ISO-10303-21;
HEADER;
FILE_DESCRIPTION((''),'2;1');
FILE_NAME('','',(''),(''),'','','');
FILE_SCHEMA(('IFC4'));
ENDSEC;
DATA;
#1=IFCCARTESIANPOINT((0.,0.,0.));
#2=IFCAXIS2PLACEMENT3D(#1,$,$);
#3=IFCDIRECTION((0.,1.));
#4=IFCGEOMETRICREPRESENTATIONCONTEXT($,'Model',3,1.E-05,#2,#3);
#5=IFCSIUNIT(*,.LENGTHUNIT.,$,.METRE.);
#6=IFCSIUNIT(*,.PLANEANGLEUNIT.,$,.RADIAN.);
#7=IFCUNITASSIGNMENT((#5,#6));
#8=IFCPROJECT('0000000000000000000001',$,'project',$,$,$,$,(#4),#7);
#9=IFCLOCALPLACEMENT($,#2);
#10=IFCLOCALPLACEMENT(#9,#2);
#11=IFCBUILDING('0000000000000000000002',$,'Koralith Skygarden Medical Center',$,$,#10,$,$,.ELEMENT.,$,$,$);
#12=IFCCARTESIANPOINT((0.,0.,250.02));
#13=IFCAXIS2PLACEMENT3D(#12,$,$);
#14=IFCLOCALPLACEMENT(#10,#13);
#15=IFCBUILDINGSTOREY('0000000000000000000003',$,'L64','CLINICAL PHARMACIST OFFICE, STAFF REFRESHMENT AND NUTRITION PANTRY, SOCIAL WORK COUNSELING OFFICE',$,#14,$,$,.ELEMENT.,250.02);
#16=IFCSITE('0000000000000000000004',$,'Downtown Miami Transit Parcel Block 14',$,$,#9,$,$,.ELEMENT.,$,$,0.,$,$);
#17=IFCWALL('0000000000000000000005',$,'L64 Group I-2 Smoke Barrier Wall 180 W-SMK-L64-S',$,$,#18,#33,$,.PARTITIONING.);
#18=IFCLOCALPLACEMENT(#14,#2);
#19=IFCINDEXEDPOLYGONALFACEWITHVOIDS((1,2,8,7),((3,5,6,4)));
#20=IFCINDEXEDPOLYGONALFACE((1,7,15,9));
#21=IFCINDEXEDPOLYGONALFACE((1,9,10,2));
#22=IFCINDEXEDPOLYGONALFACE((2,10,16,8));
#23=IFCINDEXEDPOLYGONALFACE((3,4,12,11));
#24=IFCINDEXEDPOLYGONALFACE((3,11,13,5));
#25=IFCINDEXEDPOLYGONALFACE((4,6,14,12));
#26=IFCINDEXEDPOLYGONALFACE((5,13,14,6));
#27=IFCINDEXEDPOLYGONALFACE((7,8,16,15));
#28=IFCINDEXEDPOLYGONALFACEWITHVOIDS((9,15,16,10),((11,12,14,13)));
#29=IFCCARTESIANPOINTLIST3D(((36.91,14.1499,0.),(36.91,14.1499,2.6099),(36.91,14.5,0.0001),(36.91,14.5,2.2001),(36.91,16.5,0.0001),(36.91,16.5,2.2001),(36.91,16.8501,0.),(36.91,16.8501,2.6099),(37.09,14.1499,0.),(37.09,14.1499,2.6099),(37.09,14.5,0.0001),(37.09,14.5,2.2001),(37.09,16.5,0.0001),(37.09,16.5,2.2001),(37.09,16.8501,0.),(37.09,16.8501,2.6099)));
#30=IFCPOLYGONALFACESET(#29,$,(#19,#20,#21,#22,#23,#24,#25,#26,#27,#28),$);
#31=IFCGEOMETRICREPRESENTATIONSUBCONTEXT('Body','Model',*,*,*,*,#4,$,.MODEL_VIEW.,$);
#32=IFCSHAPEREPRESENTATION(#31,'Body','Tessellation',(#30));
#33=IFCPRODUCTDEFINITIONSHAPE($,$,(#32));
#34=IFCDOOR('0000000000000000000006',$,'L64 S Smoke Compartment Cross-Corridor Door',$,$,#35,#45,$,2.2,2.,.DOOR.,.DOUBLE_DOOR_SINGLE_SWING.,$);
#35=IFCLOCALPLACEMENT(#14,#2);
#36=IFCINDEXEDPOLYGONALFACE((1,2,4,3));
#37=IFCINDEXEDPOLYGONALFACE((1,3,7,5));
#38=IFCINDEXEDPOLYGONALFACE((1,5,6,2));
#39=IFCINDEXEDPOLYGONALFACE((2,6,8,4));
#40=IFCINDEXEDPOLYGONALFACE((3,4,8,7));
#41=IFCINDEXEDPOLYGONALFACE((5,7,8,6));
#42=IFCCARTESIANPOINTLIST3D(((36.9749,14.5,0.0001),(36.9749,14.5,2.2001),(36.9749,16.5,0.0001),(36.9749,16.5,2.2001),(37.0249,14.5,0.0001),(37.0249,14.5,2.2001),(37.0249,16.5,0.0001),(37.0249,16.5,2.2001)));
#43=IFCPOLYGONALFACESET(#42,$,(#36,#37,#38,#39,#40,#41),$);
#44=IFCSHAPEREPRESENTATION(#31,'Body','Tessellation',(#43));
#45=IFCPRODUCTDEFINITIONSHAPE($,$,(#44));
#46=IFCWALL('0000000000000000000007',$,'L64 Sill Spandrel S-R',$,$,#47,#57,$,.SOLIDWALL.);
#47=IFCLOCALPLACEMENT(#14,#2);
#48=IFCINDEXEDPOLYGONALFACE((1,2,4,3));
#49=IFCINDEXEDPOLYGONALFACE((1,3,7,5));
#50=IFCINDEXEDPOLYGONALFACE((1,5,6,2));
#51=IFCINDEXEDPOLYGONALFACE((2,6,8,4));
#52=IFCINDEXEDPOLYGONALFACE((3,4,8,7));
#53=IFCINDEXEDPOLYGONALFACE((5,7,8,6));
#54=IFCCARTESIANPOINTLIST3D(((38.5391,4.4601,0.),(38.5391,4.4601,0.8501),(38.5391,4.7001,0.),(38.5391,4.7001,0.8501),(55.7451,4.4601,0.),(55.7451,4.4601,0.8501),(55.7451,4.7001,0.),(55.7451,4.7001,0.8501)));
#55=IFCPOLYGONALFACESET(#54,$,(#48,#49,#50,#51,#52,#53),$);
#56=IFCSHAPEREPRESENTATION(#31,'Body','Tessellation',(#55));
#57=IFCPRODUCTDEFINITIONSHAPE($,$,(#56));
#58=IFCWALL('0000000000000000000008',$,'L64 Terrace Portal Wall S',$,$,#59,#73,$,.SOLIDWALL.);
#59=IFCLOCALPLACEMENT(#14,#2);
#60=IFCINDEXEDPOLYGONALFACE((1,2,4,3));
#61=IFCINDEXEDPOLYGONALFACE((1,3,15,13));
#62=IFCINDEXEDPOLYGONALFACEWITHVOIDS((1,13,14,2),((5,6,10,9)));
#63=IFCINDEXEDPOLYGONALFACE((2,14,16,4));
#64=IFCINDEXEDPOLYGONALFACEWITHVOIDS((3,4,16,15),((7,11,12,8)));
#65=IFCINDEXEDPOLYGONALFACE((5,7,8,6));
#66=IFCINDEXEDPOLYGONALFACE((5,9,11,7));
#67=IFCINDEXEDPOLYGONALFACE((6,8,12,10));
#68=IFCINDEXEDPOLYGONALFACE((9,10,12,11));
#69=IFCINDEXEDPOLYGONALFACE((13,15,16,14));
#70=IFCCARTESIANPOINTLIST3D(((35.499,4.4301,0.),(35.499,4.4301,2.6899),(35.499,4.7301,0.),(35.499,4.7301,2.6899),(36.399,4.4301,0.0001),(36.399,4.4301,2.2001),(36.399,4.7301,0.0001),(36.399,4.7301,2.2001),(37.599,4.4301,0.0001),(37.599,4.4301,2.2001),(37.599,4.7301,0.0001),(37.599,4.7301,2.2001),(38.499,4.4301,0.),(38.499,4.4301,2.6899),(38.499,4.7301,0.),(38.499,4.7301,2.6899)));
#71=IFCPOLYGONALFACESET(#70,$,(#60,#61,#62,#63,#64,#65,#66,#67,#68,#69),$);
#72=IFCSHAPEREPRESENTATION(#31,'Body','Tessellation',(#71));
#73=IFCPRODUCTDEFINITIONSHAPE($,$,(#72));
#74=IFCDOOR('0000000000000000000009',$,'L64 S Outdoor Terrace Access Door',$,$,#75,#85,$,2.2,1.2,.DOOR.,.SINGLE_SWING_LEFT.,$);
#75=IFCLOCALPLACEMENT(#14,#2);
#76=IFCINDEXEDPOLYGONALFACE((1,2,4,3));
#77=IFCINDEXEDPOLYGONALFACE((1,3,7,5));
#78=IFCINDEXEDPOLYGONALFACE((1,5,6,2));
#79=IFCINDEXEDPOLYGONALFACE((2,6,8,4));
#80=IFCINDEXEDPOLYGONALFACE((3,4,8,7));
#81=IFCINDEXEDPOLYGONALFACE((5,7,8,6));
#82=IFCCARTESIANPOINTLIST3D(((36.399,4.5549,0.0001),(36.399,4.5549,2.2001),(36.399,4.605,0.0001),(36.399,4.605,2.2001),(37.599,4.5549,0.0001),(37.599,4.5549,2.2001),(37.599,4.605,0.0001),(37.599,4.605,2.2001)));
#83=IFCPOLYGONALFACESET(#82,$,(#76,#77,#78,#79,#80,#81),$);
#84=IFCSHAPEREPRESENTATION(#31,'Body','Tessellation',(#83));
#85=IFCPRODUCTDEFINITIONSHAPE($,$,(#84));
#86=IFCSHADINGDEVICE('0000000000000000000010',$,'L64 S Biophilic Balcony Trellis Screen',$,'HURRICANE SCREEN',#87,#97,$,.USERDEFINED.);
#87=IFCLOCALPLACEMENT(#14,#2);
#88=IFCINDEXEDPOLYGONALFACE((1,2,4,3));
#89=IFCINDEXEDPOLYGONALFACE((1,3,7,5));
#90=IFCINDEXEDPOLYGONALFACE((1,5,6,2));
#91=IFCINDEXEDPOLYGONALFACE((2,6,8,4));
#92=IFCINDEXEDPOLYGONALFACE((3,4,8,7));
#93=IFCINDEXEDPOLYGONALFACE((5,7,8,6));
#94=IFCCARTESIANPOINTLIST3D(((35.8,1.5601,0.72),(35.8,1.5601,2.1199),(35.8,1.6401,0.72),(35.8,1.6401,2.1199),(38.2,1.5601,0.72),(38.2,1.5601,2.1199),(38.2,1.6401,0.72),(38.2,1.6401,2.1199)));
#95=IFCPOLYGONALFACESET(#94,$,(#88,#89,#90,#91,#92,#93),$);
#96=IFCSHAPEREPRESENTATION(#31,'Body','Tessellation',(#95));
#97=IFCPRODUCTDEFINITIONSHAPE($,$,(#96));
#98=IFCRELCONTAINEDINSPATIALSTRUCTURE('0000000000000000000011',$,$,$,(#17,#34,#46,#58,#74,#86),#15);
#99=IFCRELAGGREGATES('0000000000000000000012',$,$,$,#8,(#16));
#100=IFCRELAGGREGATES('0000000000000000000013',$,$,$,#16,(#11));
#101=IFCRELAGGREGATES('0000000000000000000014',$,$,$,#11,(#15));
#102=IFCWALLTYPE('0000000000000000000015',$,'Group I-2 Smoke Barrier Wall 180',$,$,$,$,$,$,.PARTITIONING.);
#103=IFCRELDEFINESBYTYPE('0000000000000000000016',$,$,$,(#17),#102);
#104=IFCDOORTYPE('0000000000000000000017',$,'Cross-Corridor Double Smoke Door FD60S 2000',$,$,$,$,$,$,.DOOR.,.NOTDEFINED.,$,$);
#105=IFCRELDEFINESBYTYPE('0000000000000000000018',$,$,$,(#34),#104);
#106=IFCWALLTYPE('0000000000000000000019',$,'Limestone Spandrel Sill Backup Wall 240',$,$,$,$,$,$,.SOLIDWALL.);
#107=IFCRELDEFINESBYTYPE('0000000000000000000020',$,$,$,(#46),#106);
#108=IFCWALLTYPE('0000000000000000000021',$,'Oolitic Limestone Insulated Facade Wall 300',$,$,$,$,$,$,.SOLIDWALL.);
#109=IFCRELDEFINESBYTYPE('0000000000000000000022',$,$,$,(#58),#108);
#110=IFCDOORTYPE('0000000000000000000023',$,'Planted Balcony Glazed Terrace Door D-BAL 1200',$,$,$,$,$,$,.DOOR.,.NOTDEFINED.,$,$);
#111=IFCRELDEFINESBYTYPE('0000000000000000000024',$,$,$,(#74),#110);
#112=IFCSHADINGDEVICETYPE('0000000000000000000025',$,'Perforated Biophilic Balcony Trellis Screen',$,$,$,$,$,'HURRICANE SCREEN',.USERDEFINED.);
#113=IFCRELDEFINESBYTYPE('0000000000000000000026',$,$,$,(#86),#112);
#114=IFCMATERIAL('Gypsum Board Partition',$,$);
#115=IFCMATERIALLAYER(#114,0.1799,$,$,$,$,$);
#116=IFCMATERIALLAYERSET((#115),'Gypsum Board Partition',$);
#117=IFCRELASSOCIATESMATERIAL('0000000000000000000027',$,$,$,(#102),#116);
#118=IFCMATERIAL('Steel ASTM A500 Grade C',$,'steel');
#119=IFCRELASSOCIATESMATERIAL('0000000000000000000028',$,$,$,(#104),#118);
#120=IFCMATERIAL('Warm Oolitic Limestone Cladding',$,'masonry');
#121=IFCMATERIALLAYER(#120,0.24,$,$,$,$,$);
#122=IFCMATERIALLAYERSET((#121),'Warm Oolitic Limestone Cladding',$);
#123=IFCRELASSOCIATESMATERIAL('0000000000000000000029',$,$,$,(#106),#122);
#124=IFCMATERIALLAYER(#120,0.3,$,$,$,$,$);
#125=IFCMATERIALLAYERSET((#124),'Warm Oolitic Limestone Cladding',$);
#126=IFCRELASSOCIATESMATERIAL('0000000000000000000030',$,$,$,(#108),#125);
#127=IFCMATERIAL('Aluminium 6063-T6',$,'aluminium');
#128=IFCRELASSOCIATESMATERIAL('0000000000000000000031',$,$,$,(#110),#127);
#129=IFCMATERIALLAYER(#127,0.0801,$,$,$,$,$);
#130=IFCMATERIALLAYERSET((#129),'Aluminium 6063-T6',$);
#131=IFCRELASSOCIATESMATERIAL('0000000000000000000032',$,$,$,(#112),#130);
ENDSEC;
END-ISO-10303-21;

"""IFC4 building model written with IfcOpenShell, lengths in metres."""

from ifc_helpers import new_model, si_unit, direction, frame, frame_2d, origin, origin_2d, place, context, subcontext, project, spatial, rectangle, extrude, material, layer, layer_set, type_object, element, fill, save


model = new_model("IFC4")

# Units and contexts
model_context = context("Model", 3, precision=1e-05, world=origin(), true_north=direction((0.0, 1.0)))
body_context = subcontext(model_context, "Body", "Model", "MODEL_VIEW")
ifc_project = project(units=[si_unit("LENGTHUNIT", "METRE"), si_unit("PLANEANGLEUNIT", "RADIAN")], contexts=[model_context])

# Site, building, storey
site_placement = place(None, origin())
site = spatial("IfcSite", under=ifc_project, at=site_placement, Name="Downtown Miami Transit Parcel Block 14", CompositionType="ELEMENT", RefElevation=0.0)
building_placement = place(site_placement, origin())
building = spatial("IfcBuilding", under=site, at=building_placement, Name="Koralith Skygarden Medical Center", CompositionType="ELEMENT")
storey_placement = place(building_placement, frame((0.0, 0.0, 250.02)))
storey = spatial("IfcBuildingStorey", under=building, at=storey_placement, Name="L64", Description="CLINICAL PHARMACIST OFFICE, STAFF REFRESHMENT AND NUTRITION PANTRY, SOCIAL WORK COUNSELING OFFICE", CompositionType="ELEMENT", Elevation=250.02)

# Shared definitions
ifc_material_1 = material(Name="Aluminium 6063-T6", Category="aluminium")

# Wall, opening, door
ifc_material_2 = material(Name="Gypsum Board Partition")
ifc_layer_1 = layer(ifc_material_2, 0.1799)
ifc_layer_set_1 = layer_set([ifc_layer_1], Name="Gypsum Board Partition")
wall_type_1 = type_object("IfcWallType", Name="Group I-2 Smoke Barrier Wall 180", PredefinedType="PARTITIONING", material=ifc_layer_set_1)
wall_1_placement = place(storey_placement, frame((37.0, 14.1499, 0.0), z_axis=(0.0, 0.0, 1.0), x_axis=(0.0, 1.0, 0.0)))
wall_1 = element("IfcWall", 1, at=wall_1_placement, inside=storey, type_object=wall_type_1, Name="L64 Group I-2 Smoke Barrier Wall 180 W-SMK-L64-S", PredefinedType="PARTITIONING", context=body_context, shape_type="SweptSolid", body=[
    extrude(rectangle(XDim=2.7002, YDim=0.1799, at=frame_2d((1.3501, 0.0))), origin(), (0.0, 0.0, 1.0), 2.6099),
])
opening_1_placement = place(wall_1_placement, frame((0.3501, 0.0, 0.0)))
opening_1 = element("IfcOpeningElement", 2, at=opening_1_placement, cuts=wall_1, PredefinedType="OPENING", context=body_context, shape_type="SweptSolid", body=[
    extrude(rectangle(XDim=2.0, YDim=2.2, at=frame_2d((1.0, 1.1001))), frame((0.0, 0.0999, 0.0), z_axis=(0.0, -1.0, 0.0), x_axis=(1.0, 0.0, 0.0)), (0.0, 0.0, 1.0), 0.2),
])
ifc_material_3 = material(Name="Steel ASTM A500 Grade C", Category="steel")
door_type_1 = type_object("IfcDoorType", Name="Cross-Corridor Double Smoke Door FD60S 2000", OperationType="NOTDEFINED", PredefinedType="DOOR", material=ifc_material_3)
door_1_placement = place(opening_1_placement, frame((2.0, 0.0, 0.0), z_axis=(0.0, 0.0, 1.0), x_axis=(-1.0, 0.0, 0.0)))
door_1 = element("IfcDoor", 3, at=door_1_placement, inside=storey, type_object=door_type_1, Name="L64 S Smoke Compartment Cross-Corridor Door", OperationType="DOUBLE_DOOR_SINGLE_SWING", OverallHeight=2.2, OverallWidth=2.0, PredefinedType="DOOR", context=body_context, shape_type="SweptSolid", body=[
    extrude(rectangle(XDim=2.0, YDim=2.2, at=frame_2d((1.0, 1.1001))), frame((0.0, 0.0249, 0.0), z_axis=(0.0, -1.0, 0.0), x_axis=(1.0, 0.0, 0.0)), (0.0, 0.0, 1.0), 0.05),
])
fill(opening_1, door_1)

# Wall
ifc_material_4 = material(Name="Warm Oolitic Limestone Cladding", Category="masonry")
ifc_layer_2 = layer(ifc_material_4, 0.24)
ifc_layer_set_2 = layer_set([ifc_layer_2], Name="Warm Oolitic Limestone Cladding")
wall_type_2 = type_object("IfcWallType", Name="Limestone Spandrel Sill Backup Wall 240", PredefinedType="SOLIDWALL", material=ifc_layer_set_2)
wall_2_placement = place(storey_placement, frame((38.5391, 4.5801, 0.0), z_axis=(0.0, 0.0, 1.0), x_axis=(1.0, 0.0, 0.0)))
element("IfcWall", 4, at=wall_2_placement, inside=storey, type_object=wall_type_2, Name="L64 Sill Spandrel S-R", PredefinedType="SOLIDWALL", context=body_context, shape_type="SweptSolid", body=[
    extrude(rectangle(XDim=17.2061, YDim=0.24, at=frame_2d((8.603, 0.0))), origin(), (0.0, 0.0, 1.0), 0.8501),
])

# Wall, opening, door
ifc_layer_3 = layer(ifc_material_4, 0.3)
ifc_layer_set_3 = layer_set([ifc_layer_3], Name="Warm Oolitic Limestone Cladding")
wall_type_3 = type_object("IfcWallType", Name="Oolitic Limestone Insulated Facade Wall 300", PredefinedType="SOLIDWALL", material=ifc_layer_set_3)
wall_3_placement = place(storey_placement, frame((35.499, 4.5801, 0.0), z_axis=(0.0, 0.0, 1.0), x_axis=(1.0, 0.0, 0.0)))
wall_3 = element("IfcWall", 5, at=wall_3_placement, inside=storey, type_object=wall_type_3, Name="L64 Terrace Portal Wall S", PredefinedType="SOLIDWALL", context=body_context, shape_type="SweptSolid", body=[
    extrude(rectangle(XDim=3.0, YDim=0.3, at=frame_2d((1.5, 0.0))), origin(), (0.0, 0.0, 1.0), 2.6899),
])
opening_2_placement = place(wall_3_placement, frame((0.8999, 0.0, 0.0)))
opening_2 = element("IfcOpeningElement", 6, at=opening_2_placement, cuts=wall_3, PredefinedType="OPENING", context=body_context, shape_type="SweptSolid", body=[
    extrude(rectangle(XDim=1.2, YDim=2.2, at=frame_2d((0.6001, 1.1001))), frame((0.0, 0.1599, 0.0), z_axis=(0.0, -1.0, 0.0), x_axis=(1.0, 0.0, 0.0)), (0.0, 0.0, 1.0), 0.3201),
])
door_type_2 = type_object("IfcDoorType", Name="Planted Balcony Glazed Terrace Door D-BAL 1200", OperationType="NOTDEFINED", PredefinedType="DOOR", material=ifc_material_1)
door_2_placement = place(opening_2_placement, origin())
door_2 = element("IfcDoor", 7, at=door_2_placement, inside=storey, type_object=door_type_2, Name="L64 S Outdoor Terrace Access Door", OperationType="SINGLE_SWING_LEFT", OverallHeight=2.2, OverallWidth=1.2, PredefinedType="DOOR", context=body_context, shape_type="SweptSolid", body=[
    extrude(rectangle(XDim=1.2, YDim=2.2, at=frame_2d((0.6001, 1.1001))), frame((0.0, 0.0249, 0.0), z_axis=(0.0, -1.0, 0.0), x_axis=(1.0, 0.0, 0.0)), (0.0, 0.0, 1.0), 0.05),
])
fill(opening_2, door_2)

# Shading device
ifc_layer_4 = layer(ifc_material_1, 0.0801)
ifc_layer_set_4 = layer_set([ifc_layer_4], Name="Aluminium 6063-T6")
shading_device_type = type_object("IfcShadingDeviceType", Name="Perforated Biophilic Balcony Trellis Screen", ElementType="HURRICANE SCREEN", PredefinedType="USERDEFINED", material=ifc_layer_set_4)
shading_device_placement = place(storey_placement, frame((37.0, 1.6001, 0.72), z_axis=(0.0, 0.0, 1.0), x_axis=(1.0, 0.0, 0.0)))
element("IfcShadingDevice", 8, at=shading_device_placement, inside=storey, type_object=shading_device_type, Name="L64 S Biophilic Balcony Trellis Screen", ObjectType="HURRICANE SCREEN", PredefinedType="USERDEFINED", context=body_context, shape_type="SweptSolid", body=[
    extrude(rectangle(XDim=2.3999, YDim=0.0801, at=origin_2d()), origin(), (0.0, 0.0, 1.0), 1.3999),
])

save(model, "model.ifc")
